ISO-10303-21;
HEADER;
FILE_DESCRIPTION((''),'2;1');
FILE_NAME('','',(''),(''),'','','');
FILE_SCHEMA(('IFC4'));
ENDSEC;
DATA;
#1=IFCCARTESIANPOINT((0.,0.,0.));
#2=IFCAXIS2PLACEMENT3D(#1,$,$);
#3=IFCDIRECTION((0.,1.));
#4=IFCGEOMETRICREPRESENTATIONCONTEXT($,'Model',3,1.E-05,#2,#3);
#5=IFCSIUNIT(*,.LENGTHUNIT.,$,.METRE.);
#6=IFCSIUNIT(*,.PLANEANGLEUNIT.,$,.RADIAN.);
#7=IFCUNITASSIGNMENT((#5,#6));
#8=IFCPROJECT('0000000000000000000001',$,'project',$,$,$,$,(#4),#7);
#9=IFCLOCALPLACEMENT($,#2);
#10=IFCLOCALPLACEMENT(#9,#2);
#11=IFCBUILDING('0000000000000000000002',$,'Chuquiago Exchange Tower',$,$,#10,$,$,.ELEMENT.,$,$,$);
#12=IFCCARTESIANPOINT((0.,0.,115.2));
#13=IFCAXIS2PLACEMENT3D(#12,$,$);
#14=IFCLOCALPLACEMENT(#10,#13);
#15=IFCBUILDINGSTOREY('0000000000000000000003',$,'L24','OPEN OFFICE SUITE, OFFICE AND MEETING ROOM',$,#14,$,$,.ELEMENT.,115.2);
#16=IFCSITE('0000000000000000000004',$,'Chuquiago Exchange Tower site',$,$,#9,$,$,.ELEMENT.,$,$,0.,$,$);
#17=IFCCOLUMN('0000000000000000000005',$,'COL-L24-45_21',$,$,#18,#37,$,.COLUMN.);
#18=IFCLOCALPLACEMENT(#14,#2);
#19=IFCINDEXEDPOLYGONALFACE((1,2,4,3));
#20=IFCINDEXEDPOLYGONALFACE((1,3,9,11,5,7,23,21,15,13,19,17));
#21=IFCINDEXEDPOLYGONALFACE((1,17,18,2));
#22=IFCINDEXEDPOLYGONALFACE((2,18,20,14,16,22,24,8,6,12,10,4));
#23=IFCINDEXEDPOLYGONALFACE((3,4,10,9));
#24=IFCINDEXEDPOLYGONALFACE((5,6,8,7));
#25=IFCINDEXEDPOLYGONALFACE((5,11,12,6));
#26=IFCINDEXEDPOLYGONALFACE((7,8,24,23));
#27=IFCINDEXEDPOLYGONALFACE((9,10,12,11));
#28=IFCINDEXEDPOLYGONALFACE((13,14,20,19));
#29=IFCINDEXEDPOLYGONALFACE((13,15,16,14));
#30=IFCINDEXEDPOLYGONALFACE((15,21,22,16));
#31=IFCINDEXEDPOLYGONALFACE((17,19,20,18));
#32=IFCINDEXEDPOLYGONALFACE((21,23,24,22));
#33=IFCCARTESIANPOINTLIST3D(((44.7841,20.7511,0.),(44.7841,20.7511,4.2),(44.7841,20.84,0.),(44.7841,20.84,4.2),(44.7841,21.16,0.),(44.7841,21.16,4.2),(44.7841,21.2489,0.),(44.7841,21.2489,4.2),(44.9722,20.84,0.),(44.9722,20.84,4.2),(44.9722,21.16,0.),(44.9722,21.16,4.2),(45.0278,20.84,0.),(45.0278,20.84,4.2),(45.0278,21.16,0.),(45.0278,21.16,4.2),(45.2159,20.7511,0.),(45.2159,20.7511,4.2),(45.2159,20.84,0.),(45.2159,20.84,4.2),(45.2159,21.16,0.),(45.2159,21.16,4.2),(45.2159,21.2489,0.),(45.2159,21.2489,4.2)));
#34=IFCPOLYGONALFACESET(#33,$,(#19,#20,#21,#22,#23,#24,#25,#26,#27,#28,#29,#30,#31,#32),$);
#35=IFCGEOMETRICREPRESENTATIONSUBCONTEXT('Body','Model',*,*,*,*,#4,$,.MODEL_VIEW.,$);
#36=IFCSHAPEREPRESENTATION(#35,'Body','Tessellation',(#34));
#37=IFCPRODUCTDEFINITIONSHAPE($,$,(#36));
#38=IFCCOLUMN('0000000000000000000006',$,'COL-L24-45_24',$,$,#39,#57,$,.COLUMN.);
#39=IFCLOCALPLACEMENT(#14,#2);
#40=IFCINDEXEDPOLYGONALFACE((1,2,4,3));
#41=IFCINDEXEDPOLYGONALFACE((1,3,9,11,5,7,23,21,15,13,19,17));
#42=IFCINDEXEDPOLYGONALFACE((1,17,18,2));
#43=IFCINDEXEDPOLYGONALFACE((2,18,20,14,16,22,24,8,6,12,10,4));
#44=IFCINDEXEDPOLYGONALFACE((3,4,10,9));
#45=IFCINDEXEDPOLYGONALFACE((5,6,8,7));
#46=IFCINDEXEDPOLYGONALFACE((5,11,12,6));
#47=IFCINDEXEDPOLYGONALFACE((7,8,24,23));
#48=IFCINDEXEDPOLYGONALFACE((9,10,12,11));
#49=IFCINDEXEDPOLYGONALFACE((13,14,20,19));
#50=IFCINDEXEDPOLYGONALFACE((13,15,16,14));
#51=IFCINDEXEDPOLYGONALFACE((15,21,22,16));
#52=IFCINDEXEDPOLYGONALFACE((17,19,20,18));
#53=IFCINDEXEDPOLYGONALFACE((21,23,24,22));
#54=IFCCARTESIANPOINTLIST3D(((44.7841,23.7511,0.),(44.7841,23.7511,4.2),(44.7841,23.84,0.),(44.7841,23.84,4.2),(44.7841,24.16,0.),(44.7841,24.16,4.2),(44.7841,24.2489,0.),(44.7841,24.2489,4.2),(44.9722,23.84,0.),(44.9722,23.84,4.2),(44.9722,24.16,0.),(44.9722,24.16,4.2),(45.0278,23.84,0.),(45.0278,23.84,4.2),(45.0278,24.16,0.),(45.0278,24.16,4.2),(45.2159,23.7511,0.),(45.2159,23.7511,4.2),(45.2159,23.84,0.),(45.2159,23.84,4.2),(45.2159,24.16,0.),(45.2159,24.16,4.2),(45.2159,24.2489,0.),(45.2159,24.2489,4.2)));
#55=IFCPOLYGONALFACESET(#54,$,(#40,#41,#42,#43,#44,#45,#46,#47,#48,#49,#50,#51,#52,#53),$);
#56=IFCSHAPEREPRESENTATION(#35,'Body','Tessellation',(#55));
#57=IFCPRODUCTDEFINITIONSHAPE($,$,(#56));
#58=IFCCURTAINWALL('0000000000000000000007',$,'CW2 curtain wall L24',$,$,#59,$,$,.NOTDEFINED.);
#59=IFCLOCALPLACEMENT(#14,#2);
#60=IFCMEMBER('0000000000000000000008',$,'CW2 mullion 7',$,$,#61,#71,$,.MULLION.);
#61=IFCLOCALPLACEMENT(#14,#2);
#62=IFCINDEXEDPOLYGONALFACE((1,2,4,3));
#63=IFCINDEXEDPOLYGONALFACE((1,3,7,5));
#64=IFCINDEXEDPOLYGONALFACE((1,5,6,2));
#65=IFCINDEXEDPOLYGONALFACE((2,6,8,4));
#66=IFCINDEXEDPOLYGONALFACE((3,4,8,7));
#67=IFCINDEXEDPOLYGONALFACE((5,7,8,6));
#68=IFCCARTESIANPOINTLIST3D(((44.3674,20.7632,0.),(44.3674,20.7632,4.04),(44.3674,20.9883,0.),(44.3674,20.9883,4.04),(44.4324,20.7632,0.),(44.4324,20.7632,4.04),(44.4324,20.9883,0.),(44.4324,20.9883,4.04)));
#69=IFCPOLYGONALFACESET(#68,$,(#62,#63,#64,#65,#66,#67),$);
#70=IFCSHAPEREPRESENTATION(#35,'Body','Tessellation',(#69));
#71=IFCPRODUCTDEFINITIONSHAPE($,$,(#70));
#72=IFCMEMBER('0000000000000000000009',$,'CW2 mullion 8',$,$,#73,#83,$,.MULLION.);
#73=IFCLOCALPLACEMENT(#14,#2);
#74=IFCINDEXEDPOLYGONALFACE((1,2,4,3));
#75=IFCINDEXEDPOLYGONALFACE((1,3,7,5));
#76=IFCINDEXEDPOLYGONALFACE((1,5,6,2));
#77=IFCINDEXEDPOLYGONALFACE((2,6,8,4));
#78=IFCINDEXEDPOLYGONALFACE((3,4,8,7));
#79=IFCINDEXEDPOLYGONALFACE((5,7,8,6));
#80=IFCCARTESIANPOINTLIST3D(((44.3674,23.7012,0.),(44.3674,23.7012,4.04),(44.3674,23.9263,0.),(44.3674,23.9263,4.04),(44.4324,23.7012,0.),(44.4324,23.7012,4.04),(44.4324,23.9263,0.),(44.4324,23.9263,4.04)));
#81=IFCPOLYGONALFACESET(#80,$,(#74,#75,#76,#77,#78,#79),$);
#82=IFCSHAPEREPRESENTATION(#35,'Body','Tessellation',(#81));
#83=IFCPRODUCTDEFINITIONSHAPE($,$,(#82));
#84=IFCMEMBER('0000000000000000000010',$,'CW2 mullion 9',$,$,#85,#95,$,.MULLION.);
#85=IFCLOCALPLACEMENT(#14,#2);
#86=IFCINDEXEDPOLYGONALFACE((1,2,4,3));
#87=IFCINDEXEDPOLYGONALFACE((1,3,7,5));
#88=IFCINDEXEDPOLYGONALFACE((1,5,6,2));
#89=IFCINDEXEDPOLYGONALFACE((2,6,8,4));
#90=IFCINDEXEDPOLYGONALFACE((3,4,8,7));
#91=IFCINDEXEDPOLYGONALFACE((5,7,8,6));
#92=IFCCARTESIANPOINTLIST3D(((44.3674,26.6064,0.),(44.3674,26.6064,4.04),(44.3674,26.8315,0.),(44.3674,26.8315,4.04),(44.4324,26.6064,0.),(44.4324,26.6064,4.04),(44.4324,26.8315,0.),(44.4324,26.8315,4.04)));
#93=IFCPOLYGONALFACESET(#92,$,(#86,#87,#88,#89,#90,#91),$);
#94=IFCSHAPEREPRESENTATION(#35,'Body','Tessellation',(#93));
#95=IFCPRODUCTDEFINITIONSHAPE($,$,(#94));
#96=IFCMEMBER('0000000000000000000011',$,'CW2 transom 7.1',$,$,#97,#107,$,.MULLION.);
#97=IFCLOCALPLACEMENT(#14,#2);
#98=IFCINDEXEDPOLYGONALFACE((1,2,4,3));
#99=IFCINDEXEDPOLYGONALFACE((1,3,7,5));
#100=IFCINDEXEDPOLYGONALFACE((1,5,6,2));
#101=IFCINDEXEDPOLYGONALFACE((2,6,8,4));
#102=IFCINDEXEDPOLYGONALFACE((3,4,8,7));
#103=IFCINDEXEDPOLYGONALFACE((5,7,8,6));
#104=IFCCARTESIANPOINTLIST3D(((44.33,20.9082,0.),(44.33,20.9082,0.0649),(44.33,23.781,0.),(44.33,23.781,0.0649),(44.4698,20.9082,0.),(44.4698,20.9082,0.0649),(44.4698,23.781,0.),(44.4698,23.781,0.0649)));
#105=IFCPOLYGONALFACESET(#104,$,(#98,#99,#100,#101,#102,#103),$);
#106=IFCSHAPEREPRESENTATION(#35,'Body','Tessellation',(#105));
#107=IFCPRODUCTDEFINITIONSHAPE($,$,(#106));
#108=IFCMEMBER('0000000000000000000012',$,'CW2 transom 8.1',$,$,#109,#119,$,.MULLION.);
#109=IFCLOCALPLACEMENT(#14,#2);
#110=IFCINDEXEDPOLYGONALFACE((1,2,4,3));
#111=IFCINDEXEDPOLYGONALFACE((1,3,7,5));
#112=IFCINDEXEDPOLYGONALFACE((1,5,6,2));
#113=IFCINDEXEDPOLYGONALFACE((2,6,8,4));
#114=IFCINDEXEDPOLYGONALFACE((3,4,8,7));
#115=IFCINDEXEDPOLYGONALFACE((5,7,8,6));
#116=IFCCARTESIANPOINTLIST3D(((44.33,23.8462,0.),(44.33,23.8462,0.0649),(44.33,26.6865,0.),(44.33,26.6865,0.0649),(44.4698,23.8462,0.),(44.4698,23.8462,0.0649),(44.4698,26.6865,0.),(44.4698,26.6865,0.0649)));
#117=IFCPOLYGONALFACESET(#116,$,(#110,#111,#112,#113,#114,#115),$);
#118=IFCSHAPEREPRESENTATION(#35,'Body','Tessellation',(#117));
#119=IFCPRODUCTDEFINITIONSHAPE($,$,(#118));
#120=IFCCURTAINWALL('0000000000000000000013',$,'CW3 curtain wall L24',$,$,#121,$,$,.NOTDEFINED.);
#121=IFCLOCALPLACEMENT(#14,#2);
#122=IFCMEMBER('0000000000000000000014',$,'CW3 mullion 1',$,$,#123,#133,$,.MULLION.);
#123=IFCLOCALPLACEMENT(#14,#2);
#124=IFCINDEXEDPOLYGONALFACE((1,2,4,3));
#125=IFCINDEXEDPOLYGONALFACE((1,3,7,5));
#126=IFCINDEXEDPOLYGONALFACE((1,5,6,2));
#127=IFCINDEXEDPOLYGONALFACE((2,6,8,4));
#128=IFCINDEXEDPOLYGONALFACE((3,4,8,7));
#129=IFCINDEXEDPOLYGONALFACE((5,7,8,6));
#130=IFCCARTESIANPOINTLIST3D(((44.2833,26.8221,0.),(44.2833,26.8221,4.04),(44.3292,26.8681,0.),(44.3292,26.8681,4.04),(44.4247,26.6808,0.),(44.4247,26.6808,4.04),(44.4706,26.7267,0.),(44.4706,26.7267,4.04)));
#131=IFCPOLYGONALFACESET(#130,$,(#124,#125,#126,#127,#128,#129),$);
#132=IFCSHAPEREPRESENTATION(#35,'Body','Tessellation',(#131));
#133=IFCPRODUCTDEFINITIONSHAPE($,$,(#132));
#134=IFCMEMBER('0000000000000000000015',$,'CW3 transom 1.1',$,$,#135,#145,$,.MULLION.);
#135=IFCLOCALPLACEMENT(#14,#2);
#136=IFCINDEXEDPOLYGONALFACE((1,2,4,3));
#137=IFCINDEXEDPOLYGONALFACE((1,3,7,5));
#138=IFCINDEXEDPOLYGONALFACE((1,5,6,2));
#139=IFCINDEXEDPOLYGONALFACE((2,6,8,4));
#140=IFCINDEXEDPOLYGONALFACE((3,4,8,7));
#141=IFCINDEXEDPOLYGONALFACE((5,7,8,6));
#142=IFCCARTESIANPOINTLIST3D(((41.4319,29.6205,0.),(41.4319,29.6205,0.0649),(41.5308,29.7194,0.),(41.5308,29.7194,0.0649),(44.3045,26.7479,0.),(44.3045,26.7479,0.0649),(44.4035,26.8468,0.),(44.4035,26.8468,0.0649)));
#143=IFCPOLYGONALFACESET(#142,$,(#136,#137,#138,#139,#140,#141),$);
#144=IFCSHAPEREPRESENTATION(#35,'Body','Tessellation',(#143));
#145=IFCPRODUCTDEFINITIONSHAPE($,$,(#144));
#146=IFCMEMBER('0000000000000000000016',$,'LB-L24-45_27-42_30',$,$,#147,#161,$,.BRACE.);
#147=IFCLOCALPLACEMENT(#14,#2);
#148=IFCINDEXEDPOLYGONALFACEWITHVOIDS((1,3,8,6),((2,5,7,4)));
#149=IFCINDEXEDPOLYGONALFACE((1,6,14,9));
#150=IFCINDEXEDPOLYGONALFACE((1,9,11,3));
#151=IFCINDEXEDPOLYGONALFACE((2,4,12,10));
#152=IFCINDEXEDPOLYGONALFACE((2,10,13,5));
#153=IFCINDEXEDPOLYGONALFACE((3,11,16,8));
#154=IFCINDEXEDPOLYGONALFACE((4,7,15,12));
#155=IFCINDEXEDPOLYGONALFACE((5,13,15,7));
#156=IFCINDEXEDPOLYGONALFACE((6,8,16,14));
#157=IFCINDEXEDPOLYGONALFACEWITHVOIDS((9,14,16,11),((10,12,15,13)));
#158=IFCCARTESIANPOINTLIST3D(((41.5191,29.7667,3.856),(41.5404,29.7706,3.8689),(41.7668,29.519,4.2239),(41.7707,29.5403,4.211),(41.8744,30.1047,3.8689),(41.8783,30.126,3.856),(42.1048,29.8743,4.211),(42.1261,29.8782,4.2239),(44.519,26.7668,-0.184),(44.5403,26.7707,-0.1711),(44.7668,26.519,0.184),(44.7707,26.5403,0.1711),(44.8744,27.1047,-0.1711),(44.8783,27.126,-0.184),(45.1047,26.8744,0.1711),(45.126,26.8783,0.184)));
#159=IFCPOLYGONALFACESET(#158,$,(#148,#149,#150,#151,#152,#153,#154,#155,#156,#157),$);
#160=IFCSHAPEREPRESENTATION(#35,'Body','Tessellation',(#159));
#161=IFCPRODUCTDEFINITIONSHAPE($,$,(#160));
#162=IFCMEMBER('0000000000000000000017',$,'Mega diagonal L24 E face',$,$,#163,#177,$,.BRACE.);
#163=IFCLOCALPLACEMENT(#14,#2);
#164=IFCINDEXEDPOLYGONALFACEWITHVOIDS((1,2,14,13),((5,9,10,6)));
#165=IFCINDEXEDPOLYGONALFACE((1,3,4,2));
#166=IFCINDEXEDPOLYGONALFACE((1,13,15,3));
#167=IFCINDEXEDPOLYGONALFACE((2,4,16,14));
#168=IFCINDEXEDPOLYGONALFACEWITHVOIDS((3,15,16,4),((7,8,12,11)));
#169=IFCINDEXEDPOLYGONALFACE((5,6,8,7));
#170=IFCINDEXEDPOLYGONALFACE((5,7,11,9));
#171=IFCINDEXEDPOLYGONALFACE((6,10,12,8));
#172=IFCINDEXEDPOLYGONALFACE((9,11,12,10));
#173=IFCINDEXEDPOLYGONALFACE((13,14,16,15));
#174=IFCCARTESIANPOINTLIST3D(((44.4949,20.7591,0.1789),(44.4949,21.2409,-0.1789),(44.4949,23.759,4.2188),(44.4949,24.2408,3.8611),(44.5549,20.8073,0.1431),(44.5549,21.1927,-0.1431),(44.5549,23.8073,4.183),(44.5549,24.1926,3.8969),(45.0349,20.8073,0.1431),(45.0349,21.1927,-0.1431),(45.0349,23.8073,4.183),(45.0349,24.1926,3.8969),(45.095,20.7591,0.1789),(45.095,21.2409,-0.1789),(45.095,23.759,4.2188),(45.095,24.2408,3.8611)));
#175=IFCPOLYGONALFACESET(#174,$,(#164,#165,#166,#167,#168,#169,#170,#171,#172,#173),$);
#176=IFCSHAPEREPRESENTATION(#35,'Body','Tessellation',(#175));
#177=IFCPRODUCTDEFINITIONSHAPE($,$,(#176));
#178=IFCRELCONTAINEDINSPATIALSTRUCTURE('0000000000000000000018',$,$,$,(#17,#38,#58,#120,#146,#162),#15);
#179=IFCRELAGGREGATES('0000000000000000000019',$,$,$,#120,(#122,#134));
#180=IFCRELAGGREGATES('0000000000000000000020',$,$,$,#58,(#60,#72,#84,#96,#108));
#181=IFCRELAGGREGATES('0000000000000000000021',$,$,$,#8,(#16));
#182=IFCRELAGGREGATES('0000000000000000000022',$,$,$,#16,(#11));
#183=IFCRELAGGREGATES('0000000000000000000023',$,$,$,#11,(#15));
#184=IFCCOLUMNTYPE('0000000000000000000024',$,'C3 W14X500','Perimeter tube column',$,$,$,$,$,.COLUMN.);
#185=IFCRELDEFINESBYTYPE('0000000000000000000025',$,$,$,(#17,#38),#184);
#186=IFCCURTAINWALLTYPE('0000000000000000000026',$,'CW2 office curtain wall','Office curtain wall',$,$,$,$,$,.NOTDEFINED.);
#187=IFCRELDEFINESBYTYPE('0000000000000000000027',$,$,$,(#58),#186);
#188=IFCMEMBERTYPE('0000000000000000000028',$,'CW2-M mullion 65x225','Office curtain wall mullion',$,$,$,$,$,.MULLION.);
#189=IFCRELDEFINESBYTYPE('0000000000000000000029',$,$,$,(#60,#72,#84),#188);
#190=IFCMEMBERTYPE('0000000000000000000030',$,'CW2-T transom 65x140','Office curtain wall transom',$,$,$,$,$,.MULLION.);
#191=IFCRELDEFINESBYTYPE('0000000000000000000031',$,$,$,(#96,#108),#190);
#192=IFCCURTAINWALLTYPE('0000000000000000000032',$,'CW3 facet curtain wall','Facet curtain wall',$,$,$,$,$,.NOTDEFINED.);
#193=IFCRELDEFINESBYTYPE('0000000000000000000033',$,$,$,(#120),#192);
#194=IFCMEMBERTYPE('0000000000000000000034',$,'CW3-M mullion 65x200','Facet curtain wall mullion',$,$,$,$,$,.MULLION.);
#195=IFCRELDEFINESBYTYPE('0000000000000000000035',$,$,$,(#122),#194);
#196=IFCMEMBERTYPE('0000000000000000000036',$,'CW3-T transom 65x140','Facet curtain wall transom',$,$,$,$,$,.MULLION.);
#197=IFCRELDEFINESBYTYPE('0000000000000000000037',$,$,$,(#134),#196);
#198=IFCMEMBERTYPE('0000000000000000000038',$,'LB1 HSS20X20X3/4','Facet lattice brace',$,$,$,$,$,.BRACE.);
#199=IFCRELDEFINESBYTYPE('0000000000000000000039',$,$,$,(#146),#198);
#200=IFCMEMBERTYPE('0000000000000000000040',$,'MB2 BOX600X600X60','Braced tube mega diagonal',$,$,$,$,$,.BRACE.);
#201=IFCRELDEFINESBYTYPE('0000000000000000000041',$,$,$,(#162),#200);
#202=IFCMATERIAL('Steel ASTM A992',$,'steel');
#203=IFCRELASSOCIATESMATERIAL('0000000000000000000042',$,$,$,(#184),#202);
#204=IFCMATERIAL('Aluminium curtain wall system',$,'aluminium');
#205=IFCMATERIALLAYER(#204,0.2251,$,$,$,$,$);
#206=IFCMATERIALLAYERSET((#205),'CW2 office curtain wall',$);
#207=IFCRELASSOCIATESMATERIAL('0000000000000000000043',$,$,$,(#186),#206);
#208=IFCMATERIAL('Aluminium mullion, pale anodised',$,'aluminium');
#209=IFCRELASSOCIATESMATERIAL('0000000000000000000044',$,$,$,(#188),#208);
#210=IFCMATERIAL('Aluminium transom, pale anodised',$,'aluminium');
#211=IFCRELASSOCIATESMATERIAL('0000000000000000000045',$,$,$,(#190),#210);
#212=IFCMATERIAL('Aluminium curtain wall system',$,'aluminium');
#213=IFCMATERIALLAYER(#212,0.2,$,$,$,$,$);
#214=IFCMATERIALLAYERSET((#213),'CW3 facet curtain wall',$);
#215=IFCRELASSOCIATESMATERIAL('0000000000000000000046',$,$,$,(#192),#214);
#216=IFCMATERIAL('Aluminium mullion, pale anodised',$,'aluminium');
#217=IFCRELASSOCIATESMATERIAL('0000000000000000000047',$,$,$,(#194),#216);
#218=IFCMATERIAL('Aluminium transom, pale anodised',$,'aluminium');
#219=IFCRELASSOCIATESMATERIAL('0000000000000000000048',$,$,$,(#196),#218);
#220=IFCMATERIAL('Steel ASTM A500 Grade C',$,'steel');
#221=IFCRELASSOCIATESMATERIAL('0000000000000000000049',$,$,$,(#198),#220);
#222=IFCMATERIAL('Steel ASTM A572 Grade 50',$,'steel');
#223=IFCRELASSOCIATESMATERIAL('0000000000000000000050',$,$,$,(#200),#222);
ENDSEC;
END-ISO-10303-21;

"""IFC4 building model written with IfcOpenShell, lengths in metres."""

from ifc_helpers import new_model, si_unit, direction, frame, origin, origin_2d, place, context, subcontext, project, spatial, rectangle, hollow_rectangle, i_section, extrude, material, layer, layer_set, material_profile, profile_set, type_object, element, aggregate, save


model = new_model("IFC4")

# Units and contexts
model_context = context("Model", 3, precision=1e-05, world=origin(), true_north=direction((0.0, 1.0)))
body_context = subcontext(model_context, "Body", "Model", "MODEL_VIEW")
ifc_project = project(units=[si_unit("LENGTHUNIT", "METRE"), si_unit("PLANEANGLEUNIT", "RADIAN")], contexts=[model_context])

# Site, building, storey
site_placement = place(None, origin())
site = spatial("IfcSite", under=ifc_project, at=site_placement, Name="Chuquiago Exchange Tower site", CompositionType="ELEMENT", RefElevation=0.0)
building_placement = place(site_placement, origin())
building = spatial("IfcBuilding", under=site, at=building_placement, Name="Chuquiago Exchange Tower", CompositionType="ELEMENT")
storey_placement = place(building_placement, frame((0.0, 0.0, 115.2)))
storey = spatial("IfcBuildingStorey", under=building, at=storey_placement, Name="L24", Description="OPEN OFFICE SUITE, OFFICE AND MEETING ROOM", CompositionType="ELEMENT", Elevation=115.2)

# Columns
ifc_material_1 = material(Name="Steel ASTM A992", Category="steel")
ifc_material_profile_1 = material_profile(ifc_material_1, i_section(OverallWidth=0.4319, OverallDepth=0.4978, WebThickness=0.0557, FlangeThickness=0.0889, at=origin_2d()), Name="W14X500")
ifc_profile_set_1 = profile_set([ifc_material_profile_1], Name="Steel ASTM A992")
column_type = type_object("IfcColumnType", Name="C3 W14X500", Description="Perimeter tube column", PredefinedType="COLUMN", material=ifc_profile_set_1)
for number, where, z_axis, x_axis, name in (
    (1, (45.0, 21.0, 0.0), (0.0, 0.0, 1.0), (1.0, 0.0, 0.0), "COL-L24-45_21"),
    (2, (45.0, 24.0, 0.0), (0.0, 0.0, 1.0), (1.0, 0.0, 0.0), "COL-L24-45_24"),
):
    element("IfcColumn", number, at=place(storey_placement, frame(where, z_axis=z_axis, x_axis=x_axis)), inside=storey, type_object=column_type, Name=name, PredefinedType="COLUMN", context=body_context, shape_type="SweptSolid", body=[
        extrude(i_section(OverallWidth=0.4319, OverallDepth=0.4978, WebThickness=0.0557, FlangeThickness=0.0889, at=origin_2d()), origin(), (0.0, 0.0, 1.0), 4.2),
    ])

# Curtain walls, members
ifc_material_2 = material(Name="Aluminium curtain wall system", Category="aluminium")
ifc_layer_1 = layer(ifc_material_2, 0.2251)
ifc_layer_set_1 = layer_set([ifc_layer_1], Name="CW2 office curtain wall")
curtain_wall_type_1 = type_object("IfcCurtainWallType", Name="CW2 office curtain wall", Description="Office curtain wall", PredefinedType="NOTDEFINED", material=ifc_layer_set_1)
curtain_wall_1_placement = place(storey_placement, origin())
curtain_wall_1 = element("IfcCurtainWall", 3, at=curtain_wall_1_placement, inside=storey, type_object=curtain_wall_type_1, Name="CW2 curtain wall L24", PredefinedType="NOTDEFINED")
ifc_material_3 = material(Name="Aluminium mullion, pale anodised", Category="aluminium")
ifc_material_profile_2 = material_profile(ifc_material_3, rectangle(XDim=0.0649, YDim=0.2251, at=origin_2d()), Name="AL 65x225")
ifc_profile_set_2 = profile_set([ifc_material_profile_2], Name="Aluminium mullion, pale anodised")
member_type_1 = type_object("IfcMemberType", Name="CW2-M mullion 65x225", Description="Office curtain wall mullion", PredefinedType="MULLION", material=ifc_profile_set_2)
member_1_placement = place(storey_placement, frame((44.3999, 20.8757, 0.0), z_axis=(0.0, 0.0, 1.0), x_axis=(-1.0, 0.0, 0.0)))
member_1 = element("IfcMember", 4, at=member_1_placement, type_object=member_type_1, Name="CW2 mullion 7", PredefinedType="MULLION", context=body_context, shape_type="SweptSolid", body=[
    extrude(rectangle(XDim=0.0649, YDim=0.2251, at=origin_2d()), origin(), (0.0, 0.0, 1.0), 4.04),
])
member_2_placement = place(storey_placement, frame((44.3999, 23.8137, 0.0), z_axis=(0.0, 0.0, 1.0), x_axis=(-1.0, 0.0, 0.0)))
member_2 = element("IfcMember", 5, at=member_2_placement, type_object=member_type_1, Name="CW2 mullion 8", PredefinedType="MULLION", context=body_context, shape_type="SweptSolid", body=[
    extrude(rectangle(XDim=0.0649, YDim=0.2251, at=origin_2d()), origin(), (0.0, 0.0, 1.0), 4.04),
])
member_3_placement = place(storey_placement, frame((44.3999, 26.719, 0.0), z_axis=(0.0, 0.0, 1.0), x_axis=(-1.0, 0.0, 0.0)))
member_3 = element("IfcMember", 6, at=member_3_placement, type_object=member_type_1, Name="CW2 mullion 9", PredefinedType="MULLION", context=body_context, shape_type="SweptSolid", body=[
    extrude(rectangle(XDim=0.0649, YDim=0.2251, at=origin_2d()), origin(), (0.0, 0.0, 1.0), 4.04),
])
ifc_material_4 = material(Name="Aluminium transom, pale anodised", Category="aluminium")
ifc_material_profile_3 = material_profile(ifc_material_4, rectangle(XDim=0.1399, YDim=0.0649, at=origin_2d()), Name="AL 140x65")
ifc_profile_set_3 = profile_set([ifc_material_profile_3], Name="Aluminium transom, pale anodised")
member_type_2 = type_object("IfcMemberType", Name="CW2-T transom 65x140", Description="Office curtain wall transom", PredefinedType="MULLION", material=ifc_profile_set_3)
member_4_placement = place(storey_placement, frame((44.3999, 20.9082, 0.0325), z_axis=(0.0, 1.0, 0.0), x_axis=(-1.0, 0.0, 0.0)))
member_4 = element("IfcMember", 7, at=member_4_placement, type_object=member_type_2, Name="CW2 transom 7.1", PredefinedType="MULLION", context=body_context, shape_type="SweptSolid", body=[
    extrude(rectangle(XDim=0.1399, YDim=0.0649, at=origin_2d()), origin(), (0.0, 0.0, 1.0), 2.8728),
])
member_5_placement = place(storey_placement, frame((44.3999, 23.8462, 0.0325), z_axis=(0.0, 1.0, 0.0), x_axis=(-1.0, 0.0, 0.0)))
member_5 = element("IfcMember", 8, at=member_5_placement, type_object=member_type_2, Name="CW2 transom 8.1", PredefinedType="MULLION", context=body_context, shape_type="SweptSolid", body=[
    extrude(rectangle(XDim=0.1399, YDim=0.0649, at=origin_2d()), origin(), (0.0, 0.0, 1.0), 2.8403),
])
ifc_material_5 = material(Name="Aluminium curtain wall system", Category="aluminium")
ifc_layer_2 = layer(ifc_material_5, 0.2)
ifc_layer_set_2 = layer_set([ifc_layer_2], Name="CW3 facet curtain wall")
curtain_wall_type_2 = type_object("IfcCurtainWallType", Name="CW3 facet curtain wall", Description="Facet curtain wall", PredefinedType="NOTDEFINED", material=ifc_layer_set_2)
curtain_wall_2_placement = place(storey_placement, origin())
curtain_wall_2 = element("IfcCurtainWall", 9, at=curtain_wall_2_placement, inside=storey, type_object=curtain_wall_type_2, Name="CW3 curtain wall L24", PredefinedType="NOTDEFINED")
ifc_material_6 = material(Name="Aluminium mullion, pale anodised", Category="aluminium")
ifc_material_profile_4 = material_profile(ifc_material_6, rectangle(XDim=0.0649, YDim=0.2, at=origin_2d()), Name="AL 65x200")
ifc_profile_set_4 = profile_set([ifc_material_profile_4], Name="Aluminium mullion, pale anodised")
member_type_3 = type_object("IfcMemberType", Name="CW3-M mullion 65x200", Description="Facet curtain wall mullion", PredefinedType="MULLION", material=ifc_profile_set_4)
member_6_placement = place(storey_placement, frame((44.377, 26.7744, 0.0), z_axis=(0.0, 0.0, 1.0), x_axis=(-0.707107, -0.707107, 0.0)))
member_6 = element("IfcMember", 10, at=member_6_placement, type_object=member_type_3, Name="CW3 mullion 1", PredefinedType="MULLION", context=body_context, shape_type="SweptSolid", body=[
    extrude(rectangle(XDim=0.0649, YDim=0.2, at=origin_2d()), origin(), (0.0, 0.0, 1.0), 4.04),
])
ifc_material_7 = material(Name="Aluminium transom, pale anodised", Category="aluminium")
ifc_material_profile_5 = material_profile(ifc_material_7, rectangle(XDim=0.1399, YDim=0.0649, at=origin_2d()), Name="AL 140x65")
ifc_profile_set_5 = profile_set([ifc_material_profile_5], Name="Aluminium transom, pale anodised")
member_type_4 = type_object("IfcMemberType", Name="CW3-T transom 65x140", Description="Facet curtain wall transom", PredefinedType="MULLION", material=ifc_profile_set_5)
member_7_placement = place(storey_placement, frame((44.354, 26.7974, 0.0325), z_axis=(-0.707107, 0.707107, 0.0), x_axis=(-0.707107, -0.707107, 0.0)))
member_7 = element("IfcMember", 11, at=member_7_placement, type_object=member_type_4, Name="CW3 transom 1.1", PredefinedType="MULLION", context=body_context, shape_type="SweptSolid", body=[
    extrude(rectangle(XDim=0.1399, YDim=0.0649, at=origin_2d()), origin(), (0.0, 0.0, 1.0), 4.0625),
])
aggregate(curtain_wall_2, [member_6, member_7])

# Members
ifc_material_8 = material(Name="Steel ASTM A500 Grade C", Category="steel")
ifc_material_profile_6 = material_profile(ifc_material_8, hollow_rectangle(XDim=0.5081, YDim=0.5081, WallThickness=0.0178, at=origin_2d()), Name="HSS20X20X3/4")
ifc_profile_set_6 = profile_set([ifc_material_profile_6], Name="Steel ASTM A500 Grade C")
member_type_5 = type_object("IfcMemberType", Name="LB1 HSS20X20X3/4", Description="Facet lattice brace", PredefinedType="BRACE", material=ifc_profile_set_6)
member_8_placement = place(storey_placement, frame((44.8225, 26.8225, 0.0), z_axis=(-0.512077, 0.512077, 0.689604), x_axis=(-0.707107, -0.707107, 0.0)))
element("IfcMember", 12, at=member_8_placement, inside=storey, type_object=member_type_5, Name="LB-L24-45_27-42_30", PredefinedType="BRACE", context=body_context, shape_type="SweptSolid", body=[
    extrude(hollow_rectangle(XDim=0.5081, YDim=0.5081, WallThickness=0.0178, at=origin_2d()), origin(), (0.0, 0.0, 1.0), 5.8584),
])
ifc_material_9 = material(Name="Steel ASTM A572 Grade 50", Category="steel")
ifc_material_profile_7 = material_profile(ifc_material_9, hollow_rectangle(XDim=0.6001, YDim=0.6001, WallThickness=0.0601, at=origin_2d()), Name="BOX600X600X60")
ifc_profile_set_7 = profile_set([ifc_material_profile_7], Name="Steel ASTM A572 Grade 50")
member_type_6 = type_object("IfcMemberType", Name="MB2 BOX600X600X60", Description="Braced tube mega diagonal", PredefinedType="BRACE", material=ifc_profile_set_7)
member_9_placement = place(storey_placement, frame((44.7949, 21.0, 0.0), z_axis=(0.0, 0.596174, 0.802855), x_axis=(-1.0, 0.0, 0.0)))
element("IfcMember", 13, at=member_9_placement, inside=storey, type_object=member_type_6, Name="Mega diagonal L24 E face", PredefinedType="BRACE", context=body_context, shape_type="SweptSolid", body=[
    extrude(hollow_rectangle(XDim=0.6001, YDim=0.6001, WallThickness=0.0601, at=origin_2d()), origin(), (0.0, 0.0, 1.0), 5.032),
])

aggregate(curtain_wall_1, [member_1, member_2, member_3, member_4, member_5])

save(model, "model.ifc")
